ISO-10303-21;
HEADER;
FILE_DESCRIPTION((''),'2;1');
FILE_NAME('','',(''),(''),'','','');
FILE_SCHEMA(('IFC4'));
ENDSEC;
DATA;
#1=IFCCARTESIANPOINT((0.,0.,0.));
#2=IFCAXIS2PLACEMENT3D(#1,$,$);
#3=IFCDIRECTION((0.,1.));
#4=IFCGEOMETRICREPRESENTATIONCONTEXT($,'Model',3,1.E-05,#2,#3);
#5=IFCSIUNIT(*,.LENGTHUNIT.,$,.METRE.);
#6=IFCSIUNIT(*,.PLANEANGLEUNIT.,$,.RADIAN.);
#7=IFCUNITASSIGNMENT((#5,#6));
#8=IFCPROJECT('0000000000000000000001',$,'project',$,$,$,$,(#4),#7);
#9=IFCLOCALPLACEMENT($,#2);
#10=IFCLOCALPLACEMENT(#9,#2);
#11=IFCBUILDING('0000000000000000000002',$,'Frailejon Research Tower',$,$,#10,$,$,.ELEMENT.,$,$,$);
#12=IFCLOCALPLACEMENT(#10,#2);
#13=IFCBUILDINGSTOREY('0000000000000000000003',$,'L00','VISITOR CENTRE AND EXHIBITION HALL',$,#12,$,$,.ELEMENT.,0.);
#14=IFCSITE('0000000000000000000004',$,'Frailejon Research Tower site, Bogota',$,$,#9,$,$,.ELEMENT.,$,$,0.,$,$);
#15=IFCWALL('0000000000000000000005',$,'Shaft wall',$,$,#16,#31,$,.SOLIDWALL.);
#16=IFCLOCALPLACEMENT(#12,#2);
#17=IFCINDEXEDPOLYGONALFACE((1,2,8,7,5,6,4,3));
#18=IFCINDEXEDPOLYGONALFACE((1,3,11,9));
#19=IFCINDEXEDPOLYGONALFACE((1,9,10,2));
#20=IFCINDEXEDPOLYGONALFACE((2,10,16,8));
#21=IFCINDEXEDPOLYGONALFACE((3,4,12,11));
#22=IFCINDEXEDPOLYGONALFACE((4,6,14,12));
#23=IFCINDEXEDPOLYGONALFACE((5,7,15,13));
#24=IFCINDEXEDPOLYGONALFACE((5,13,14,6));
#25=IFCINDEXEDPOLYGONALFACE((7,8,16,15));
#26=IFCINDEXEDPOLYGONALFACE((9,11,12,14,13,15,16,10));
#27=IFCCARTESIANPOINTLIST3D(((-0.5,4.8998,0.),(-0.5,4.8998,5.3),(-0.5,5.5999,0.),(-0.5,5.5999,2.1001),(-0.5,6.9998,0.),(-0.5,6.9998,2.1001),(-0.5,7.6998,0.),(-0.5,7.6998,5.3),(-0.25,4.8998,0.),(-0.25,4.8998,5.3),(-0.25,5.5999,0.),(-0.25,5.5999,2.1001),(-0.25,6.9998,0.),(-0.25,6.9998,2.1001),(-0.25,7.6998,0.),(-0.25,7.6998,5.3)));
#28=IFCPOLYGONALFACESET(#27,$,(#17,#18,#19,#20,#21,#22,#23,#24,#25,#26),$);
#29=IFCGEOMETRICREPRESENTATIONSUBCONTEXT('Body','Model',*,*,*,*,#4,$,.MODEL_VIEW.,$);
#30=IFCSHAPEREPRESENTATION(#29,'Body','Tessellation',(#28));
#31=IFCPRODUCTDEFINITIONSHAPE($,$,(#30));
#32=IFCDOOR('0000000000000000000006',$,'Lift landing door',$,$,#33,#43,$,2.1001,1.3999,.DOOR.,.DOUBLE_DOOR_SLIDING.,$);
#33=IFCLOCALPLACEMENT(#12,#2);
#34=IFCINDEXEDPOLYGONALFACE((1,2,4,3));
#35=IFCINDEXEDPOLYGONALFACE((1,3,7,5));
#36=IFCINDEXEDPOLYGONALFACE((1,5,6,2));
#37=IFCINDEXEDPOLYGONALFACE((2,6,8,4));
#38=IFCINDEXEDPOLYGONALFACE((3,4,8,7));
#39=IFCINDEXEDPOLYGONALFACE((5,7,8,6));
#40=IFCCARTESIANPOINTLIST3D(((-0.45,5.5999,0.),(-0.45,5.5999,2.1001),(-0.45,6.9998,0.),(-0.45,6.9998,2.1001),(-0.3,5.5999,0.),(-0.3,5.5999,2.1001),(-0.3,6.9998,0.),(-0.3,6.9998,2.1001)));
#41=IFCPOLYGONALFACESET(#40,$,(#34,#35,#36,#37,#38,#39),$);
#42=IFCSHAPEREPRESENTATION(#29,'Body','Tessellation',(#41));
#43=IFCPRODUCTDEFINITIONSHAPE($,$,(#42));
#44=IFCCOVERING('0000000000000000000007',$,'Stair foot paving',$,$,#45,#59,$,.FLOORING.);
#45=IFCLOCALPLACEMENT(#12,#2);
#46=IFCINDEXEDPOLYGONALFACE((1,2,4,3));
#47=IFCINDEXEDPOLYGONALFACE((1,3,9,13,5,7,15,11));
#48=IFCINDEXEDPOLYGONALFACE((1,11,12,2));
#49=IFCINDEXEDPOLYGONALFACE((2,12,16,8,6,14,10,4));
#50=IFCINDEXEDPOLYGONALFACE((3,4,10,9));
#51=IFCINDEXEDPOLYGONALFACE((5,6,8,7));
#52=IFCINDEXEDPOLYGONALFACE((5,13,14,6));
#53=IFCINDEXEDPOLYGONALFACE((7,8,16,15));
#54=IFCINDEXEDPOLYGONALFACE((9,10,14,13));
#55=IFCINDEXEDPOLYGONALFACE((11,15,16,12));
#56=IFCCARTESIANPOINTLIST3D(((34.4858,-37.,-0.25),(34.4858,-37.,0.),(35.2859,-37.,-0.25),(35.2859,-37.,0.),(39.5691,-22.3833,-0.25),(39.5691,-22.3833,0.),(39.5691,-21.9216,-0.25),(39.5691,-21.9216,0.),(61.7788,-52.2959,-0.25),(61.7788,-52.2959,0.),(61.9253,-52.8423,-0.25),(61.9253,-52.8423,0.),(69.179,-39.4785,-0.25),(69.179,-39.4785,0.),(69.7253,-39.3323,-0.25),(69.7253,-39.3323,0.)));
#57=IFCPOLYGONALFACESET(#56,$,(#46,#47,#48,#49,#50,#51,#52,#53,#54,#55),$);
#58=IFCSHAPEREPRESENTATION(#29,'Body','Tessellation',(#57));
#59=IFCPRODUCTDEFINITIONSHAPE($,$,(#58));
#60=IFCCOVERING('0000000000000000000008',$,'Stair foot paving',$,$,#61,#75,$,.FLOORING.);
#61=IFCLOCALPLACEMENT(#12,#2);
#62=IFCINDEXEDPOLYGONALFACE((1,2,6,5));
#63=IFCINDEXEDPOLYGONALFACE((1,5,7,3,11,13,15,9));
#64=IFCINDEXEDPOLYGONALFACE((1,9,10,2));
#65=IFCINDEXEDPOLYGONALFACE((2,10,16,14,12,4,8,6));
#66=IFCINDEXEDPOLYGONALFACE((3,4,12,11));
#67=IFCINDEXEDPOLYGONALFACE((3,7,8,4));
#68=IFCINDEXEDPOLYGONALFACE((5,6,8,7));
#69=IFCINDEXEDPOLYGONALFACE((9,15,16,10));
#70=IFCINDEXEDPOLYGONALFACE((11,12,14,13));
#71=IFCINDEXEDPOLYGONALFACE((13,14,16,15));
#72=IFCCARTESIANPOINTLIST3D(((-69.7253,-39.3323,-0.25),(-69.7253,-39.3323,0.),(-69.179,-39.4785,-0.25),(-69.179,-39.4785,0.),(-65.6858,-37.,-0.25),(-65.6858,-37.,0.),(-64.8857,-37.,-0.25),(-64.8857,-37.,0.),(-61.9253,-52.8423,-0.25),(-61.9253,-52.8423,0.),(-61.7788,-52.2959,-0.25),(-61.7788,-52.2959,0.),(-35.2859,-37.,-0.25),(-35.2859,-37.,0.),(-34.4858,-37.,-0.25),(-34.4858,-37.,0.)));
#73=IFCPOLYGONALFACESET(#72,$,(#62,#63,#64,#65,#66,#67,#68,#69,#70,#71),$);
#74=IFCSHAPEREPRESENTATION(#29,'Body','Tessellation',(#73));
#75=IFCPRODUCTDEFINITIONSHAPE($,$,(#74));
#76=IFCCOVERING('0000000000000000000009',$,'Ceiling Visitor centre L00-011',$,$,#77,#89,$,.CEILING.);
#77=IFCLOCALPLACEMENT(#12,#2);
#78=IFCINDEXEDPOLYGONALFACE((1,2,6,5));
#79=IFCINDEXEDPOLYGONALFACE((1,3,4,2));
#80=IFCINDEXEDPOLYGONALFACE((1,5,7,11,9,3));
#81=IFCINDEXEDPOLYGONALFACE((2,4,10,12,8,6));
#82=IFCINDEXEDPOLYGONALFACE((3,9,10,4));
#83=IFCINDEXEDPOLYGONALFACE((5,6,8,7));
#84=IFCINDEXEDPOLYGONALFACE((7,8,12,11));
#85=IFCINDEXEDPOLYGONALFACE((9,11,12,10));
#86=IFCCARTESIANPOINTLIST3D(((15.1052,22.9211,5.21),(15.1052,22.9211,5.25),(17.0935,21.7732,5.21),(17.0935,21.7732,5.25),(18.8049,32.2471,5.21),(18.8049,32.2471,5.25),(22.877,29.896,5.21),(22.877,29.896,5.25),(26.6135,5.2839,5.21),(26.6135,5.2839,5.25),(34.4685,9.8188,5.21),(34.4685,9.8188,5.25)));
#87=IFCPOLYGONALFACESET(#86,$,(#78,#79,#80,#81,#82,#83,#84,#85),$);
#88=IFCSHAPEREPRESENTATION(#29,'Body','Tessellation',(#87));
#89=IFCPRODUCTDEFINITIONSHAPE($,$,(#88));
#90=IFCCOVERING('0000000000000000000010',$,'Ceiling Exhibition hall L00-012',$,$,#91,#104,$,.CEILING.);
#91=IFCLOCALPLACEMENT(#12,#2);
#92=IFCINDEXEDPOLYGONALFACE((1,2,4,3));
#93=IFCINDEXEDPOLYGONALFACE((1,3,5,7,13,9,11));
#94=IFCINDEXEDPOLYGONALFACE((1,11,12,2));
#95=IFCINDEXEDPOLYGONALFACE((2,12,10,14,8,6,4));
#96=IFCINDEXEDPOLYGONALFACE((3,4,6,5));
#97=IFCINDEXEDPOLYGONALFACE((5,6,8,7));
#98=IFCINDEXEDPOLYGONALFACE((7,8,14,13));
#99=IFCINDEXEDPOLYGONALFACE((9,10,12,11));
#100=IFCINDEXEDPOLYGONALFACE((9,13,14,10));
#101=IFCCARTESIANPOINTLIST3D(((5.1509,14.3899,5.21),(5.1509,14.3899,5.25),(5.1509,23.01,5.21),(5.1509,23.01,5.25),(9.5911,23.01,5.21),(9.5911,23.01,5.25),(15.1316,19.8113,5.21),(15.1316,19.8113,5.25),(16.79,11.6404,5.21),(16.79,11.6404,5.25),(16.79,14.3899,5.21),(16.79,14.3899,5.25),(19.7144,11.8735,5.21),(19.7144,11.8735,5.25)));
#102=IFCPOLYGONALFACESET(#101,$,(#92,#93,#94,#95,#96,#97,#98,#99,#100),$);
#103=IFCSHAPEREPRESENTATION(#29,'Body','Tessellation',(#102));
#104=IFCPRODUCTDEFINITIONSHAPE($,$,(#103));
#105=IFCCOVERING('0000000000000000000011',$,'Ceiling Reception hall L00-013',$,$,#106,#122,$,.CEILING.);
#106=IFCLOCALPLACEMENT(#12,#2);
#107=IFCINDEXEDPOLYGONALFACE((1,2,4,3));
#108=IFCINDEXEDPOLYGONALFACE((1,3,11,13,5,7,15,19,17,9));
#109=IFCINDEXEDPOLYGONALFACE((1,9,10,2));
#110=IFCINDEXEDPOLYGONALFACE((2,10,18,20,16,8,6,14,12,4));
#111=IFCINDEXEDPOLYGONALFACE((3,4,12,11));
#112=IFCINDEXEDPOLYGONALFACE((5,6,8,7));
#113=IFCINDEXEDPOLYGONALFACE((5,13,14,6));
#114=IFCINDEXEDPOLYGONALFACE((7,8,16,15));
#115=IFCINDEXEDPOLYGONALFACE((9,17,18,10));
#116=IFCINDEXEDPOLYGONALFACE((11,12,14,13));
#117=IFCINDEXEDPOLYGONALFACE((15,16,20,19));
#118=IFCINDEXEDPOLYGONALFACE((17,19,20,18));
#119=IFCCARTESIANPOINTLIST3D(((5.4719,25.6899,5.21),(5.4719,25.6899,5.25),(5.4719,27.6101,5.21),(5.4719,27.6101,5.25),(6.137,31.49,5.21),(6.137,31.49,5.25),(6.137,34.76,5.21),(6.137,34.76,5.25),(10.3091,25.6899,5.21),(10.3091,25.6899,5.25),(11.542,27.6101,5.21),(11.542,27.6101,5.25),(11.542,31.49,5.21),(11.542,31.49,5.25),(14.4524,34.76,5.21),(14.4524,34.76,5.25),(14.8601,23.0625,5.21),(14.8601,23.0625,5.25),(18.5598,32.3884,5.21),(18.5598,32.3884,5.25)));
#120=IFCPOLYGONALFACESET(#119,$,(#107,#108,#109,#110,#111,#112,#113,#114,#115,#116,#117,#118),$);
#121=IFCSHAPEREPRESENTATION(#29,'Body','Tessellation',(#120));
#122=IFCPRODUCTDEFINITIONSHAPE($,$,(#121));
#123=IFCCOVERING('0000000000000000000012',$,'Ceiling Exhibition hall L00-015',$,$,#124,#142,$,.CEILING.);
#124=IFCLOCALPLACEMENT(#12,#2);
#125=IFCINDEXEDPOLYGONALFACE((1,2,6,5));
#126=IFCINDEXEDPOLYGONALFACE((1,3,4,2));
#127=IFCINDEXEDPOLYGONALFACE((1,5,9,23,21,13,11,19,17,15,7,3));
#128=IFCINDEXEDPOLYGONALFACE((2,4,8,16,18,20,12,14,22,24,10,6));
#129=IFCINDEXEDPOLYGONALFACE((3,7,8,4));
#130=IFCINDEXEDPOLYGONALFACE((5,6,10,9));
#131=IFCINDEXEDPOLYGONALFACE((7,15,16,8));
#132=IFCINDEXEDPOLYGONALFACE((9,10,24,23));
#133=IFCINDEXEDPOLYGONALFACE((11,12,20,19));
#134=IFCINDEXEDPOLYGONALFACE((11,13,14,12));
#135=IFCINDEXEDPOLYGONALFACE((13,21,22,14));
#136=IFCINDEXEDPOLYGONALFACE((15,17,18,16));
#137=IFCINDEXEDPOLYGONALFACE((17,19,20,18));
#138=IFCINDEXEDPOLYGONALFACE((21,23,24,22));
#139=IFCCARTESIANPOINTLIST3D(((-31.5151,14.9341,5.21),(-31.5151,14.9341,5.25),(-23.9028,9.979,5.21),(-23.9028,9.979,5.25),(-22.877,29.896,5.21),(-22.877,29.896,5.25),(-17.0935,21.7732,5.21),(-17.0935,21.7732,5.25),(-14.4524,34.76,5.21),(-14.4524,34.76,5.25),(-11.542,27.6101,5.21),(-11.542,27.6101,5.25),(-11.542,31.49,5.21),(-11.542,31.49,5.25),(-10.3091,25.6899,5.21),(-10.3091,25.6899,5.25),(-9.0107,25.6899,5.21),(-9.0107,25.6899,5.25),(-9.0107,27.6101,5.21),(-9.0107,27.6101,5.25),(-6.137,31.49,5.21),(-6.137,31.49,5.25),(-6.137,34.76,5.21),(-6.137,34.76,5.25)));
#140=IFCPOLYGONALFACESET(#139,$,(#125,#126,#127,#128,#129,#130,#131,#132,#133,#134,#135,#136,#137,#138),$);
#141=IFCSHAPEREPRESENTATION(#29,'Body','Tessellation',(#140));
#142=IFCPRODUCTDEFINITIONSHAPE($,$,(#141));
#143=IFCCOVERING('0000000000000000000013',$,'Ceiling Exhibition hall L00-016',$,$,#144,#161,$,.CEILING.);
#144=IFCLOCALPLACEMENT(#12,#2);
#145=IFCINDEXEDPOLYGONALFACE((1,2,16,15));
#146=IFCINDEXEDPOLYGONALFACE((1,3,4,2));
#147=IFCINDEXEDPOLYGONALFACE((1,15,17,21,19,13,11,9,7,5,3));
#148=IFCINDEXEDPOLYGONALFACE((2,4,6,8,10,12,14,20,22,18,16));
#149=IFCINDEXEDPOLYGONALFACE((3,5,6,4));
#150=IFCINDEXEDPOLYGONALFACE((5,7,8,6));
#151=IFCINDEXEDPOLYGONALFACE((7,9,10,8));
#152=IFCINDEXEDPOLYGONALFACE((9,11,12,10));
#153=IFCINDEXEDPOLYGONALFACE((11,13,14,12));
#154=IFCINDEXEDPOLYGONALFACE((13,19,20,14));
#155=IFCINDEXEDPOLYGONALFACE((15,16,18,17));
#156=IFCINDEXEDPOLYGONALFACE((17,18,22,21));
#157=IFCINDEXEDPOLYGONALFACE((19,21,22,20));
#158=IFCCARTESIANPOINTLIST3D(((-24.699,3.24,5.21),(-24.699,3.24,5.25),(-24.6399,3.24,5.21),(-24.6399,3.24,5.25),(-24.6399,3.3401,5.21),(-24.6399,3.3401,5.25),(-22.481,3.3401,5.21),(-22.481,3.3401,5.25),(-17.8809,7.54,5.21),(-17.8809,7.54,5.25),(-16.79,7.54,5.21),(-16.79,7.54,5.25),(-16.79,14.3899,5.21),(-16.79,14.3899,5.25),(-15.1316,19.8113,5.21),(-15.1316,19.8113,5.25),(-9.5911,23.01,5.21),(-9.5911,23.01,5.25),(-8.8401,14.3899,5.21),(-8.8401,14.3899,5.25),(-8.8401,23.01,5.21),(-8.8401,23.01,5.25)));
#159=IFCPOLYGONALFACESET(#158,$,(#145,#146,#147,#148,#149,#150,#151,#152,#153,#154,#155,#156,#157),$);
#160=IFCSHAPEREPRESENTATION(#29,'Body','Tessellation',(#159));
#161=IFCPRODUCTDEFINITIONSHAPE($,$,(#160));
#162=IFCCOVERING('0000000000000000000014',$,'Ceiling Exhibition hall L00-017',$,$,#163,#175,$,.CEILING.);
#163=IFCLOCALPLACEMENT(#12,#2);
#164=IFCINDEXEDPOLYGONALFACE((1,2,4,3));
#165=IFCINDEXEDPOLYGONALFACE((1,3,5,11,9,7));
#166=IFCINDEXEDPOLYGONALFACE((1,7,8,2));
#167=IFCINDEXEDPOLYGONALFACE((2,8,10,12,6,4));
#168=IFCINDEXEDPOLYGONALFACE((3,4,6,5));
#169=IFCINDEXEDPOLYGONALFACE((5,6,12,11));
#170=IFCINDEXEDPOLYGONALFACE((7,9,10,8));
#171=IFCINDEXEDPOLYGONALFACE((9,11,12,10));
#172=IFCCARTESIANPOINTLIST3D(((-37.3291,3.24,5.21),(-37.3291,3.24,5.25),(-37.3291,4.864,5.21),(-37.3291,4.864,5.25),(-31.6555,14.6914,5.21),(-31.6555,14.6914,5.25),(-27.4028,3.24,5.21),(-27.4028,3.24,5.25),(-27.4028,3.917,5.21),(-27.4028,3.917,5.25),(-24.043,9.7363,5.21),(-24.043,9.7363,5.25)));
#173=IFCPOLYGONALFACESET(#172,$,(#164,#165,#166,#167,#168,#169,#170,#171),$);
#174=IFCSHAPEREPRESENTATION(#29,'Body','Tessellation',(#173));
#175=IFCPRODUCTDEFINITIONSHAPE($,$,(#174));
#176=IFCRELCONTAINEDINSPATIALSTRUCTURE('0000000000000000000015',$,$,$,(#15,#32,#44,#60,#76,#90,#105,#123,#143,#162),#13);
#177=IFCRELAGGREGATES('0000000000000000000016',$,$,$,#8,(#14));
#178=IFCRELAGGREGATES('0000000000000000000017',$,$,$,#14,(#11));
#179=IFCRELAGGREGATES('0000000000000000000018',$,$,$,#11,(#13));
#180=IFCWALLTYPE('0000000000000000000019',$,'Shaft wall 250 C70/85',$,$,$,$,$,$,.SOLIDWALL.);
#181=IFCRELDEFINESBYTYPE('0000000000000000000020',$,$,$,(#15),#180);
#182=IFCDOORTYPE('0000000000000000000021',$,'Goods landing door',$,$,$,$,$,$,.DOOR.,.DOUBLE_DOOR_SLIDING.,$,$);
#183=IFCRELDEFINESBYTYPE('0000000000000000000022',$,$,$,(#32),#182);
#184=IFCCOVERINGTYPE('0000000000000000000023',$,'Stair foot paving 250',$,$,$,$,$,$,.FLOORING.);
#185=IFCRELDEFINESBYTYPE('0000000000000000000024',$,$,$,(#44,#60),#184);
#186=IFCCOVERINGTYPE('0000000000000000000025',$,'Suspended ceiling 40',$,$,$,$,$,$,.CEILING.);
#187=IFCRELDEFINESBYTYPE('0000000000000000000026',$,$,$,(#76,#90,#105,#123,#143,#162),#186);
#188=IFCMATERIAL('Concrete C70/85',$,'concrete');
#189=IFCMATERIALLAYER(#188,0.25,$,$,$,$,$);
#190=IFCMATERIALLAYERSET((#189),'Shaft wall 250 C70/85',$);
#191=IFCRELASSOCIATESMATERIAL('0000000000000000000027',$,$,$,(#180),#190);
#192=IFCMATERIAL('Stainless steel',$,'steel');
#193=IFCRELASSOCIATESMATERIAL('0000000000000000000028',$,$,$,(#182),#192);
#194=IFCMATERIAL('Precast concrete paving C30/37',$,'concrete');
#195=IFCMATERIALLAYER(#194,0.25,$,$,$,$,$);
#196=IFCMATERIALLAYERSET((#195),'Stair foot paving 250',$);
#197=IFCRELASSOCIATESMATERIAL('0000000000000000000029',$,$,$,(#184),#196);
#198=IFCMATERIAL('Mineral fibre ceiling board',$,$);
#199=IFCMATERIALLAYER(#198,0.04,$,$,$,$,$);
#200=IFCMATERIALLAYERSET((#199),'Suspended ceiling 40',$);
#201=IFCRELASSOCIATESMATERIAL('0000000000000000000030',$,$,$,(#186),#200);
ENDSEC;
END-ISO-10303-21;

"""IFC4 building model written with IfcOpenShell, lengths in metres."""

from ifc_helpers import new_model, si_unit, direction, frame, frame_2d, origin, place, context, subcontext, project, spatial, polyline, rectangle, outline, extrude, material, layer, layer_set, type_object, element, fill, save


model = new_model("IFC4")

# Units and contexts
model_context = context("Model", 3, precision=1e-05, world=origin(), true_north=direction((0.0, 1.0)))
body_context = subcontext(model_context, "Body", "Model", "MODEL_VIEW")
ifc_project = project(units=[si_unit("LENGTHUNIT", "METRE"), si_unit("PLANEANGLEUNIT", "RADIAN")], contexts=[model_context])

# Site, building, storey
site_placement = place(None, origin())
site = spatial("IfcSite", under=ifc_project, at=site_placement, Name="Frailejon Research Tower site, Bogota", CompositionType="ELEMENT", RefElevation=0.0)
building_placement = place(site_placement, origin())
building = spatial("IfcBuilding", under=site, at=building_placement, Name="Frailejon Research Tower", CompositionType="ELEMENT")
storey_placement = place(building_placement, origin())
storey = spatial("IfcBuildingStorey", under=building, at=storey_placement, Name="L00", Description="VISITOR CENTRE AND EXHIBITION HALL", CompositionType="ELEMENT", Elevation=0.0)

# Wall, opening, door
ifc_material_1 = material(Name="Concrete C70/85", Category="concrete")
ifc_layer_1 = layer(ifc_material_1, 0.25)
ifc_layer_set_1 = layer_set([ifc_layer_1], Name="Shaft wall 250 C70/85")
wall_type_1 = type_object("IfcWallType", Name="Shaft wall 250 C70/85", PredefinedType="SOLIDWALL", material=ifc_layer_set_1)
wall_1_placement = place(storey_placement, frame((-0.375, 4.8999, 0.0), z_axis=(0.0, 0.0, 1.0), x_axis=(0.0, 1.0, 0.0)))
wall_1 = element("IfcWall", 1, at=wall_1_placement, inside=storey, type_object=wall_type_1, Name="Shaft wall", PredefinedType="SOLIDWALL", context=body_context, shape_type="SweptSolid", body=[
    extrude(rectangle(XDim=2.8, YDim=0.25, at=frame_2d((1.3999, 0.0))), origin(), (0.0, 0.0, 1.0), 5.3),
])
opening_placement = place(wall_1_placement, frame((0.7, 0.0, 0.0)))
opening = element("IfcOpeningElement", 2, at=opening_placement, cuts=wall_1, PredefinedType="OPENING", context=body_context, shape_type="SweptSolid", body=[
    extrude(rectangle(XDim=1.3999, YDim=2.1001, at=frame_2d((0.7, 1.05))), frame((0.0, 0.135, 0.0), z_axis=(0.0, -1.0, 0.0), x_axis=(1.0, 0.0, 0.0)), (0.0, 0.0, 1.0), 0.27),
])
ifc_material_2 = material(Name="Stainless steel", Category="steel")
door_type = type_object("IfcDoorType", Name="Goods landing door", OperationType="DOUBLE_DOOR_SLIDING", PredefinedType="DOOR", material=ifc_material_2)
door_placement = place(opening_placement, origin())
door = element("IfcDoor", 3, at=door_placement, inside=storey, type_object=door_type, Name="Lift landing door", OperationType="DOUBLE_DOOR_SLIDING", OverallHeight=2.1001, OverallWidth=1.3999, PredefinedType="DOOR", context=body_context, shape_type="SweptSolid", body=[
    extrude(rectangle(XDim=1.3999, YDim=2.1001, at=frame_2d((0.7, 1.05))), frame((0.0, 0.075, 0.0), z_axis=(0.0, -1.0, 0.0), x_axis=(1.0, 0.0, 0.0)), (0.0, 0.0, 1.0), 0.1499),
])
fill(opening, door)

# Coverings
ifc_material_3 = material(Name="Precast concrete paving C30/37", Category="concrete")
ifc_layer_2 = layer(ifc_material_3, 0.25)
ifc_layer_set_2 = layer_set([ifc_layer_2], Name="Stair foot paving 250")
covering_type_1 = type_object("IfcCoveringType", Name="Stair foot paving 250", PredefinedType="FLOORING", material=ifc_layer_set_2)
covering_1_placement = place(storey_placement, frame((0.0, 0.0, -0.25)))
element("IfcCovering", 4, at=covering_1_placement, inside=storey, type_object=covering_type_1, Name="Stair foot paving", PredefinedType="FLOORING", context=body_context, shape_type="SweptSolid", body=[
    extrude(outline(polyline([(61.9253, -52.8423), (34.4858, -37.0), (35.2859, -37.0), (61.7788, -52.2959), (69.179, -39.4785), (39.5691, -22.3833), (39.5691, -21.9216), (69.7253, -39.3323), (61.9253, -52.8423)])), origin(), (0.0, 0.0, 1.0), 0.25),
])
covering_2_placement = place(storey_placement, frame((0.0, 0.0, -0.25)))
element("IfcCovering", 5, at=covering_2_placement, inside=storey, type_object=covering_type_1, Name="Stair foot paving", PredefinedType="FLOORING", context=body_context, shape_type="SweptSolid", body=[
    extrude(outline(polyline([(-69.7253, -39.3323), (-65.6858, -37.0), (-64.8857, -37.0), (-69.179, -39.4785), (-61.7788, -52.2959), (-35.2859, -37.0), (-34.4858, -37.0), (-61.9253, -52.8423), (-69.7253, -39.3323)])), origin(), (0.0, 0.0, 1.0), 0.25),
])
ifc_material_4 = material(Name="Mineral fibre ceiling board")
ifc_layer_3 = layer(ifc_material_4, 0.04)
ifc_layer_set_3 = layer_set([ifc_layer_3], Name="Suspended ceiling 40")
covering_type_2 = type_object("IfcCoveringType", Name="Suspended ceiling 40", PredefinedType="CEILING", material=ifc_layer_set_3)
covering_3_placement = place(storey_placement, frame((0.0, 0.0, 5.21)))
element("IfcCovering", 6, at=covering_3_placement, inside=storey, type_object=covering_type_2, Name="Ceiling Visitor centre L00-011", PredefinedType="CEILING", context=body_context, shape_type="SweptSolid", body=[
    extrude(outline(polyline([(15.1052, 22.9211), (17.0935, 21.7732), (26.6135, 5.2839), (34.4685, 9.8188), (22.877, 29.896), (18.8049, 32.2471), (15.1052, 22.9211)])), origin(), (0.0, 0.0, 1.0), 0.04),
])
covering_4_placement = place(storey_placement, frame((0.0, 0.0, 5.21)))
element("IfcCovering", 7, at=covering_4_placement, inside=storey, type_object=covering_type_2, Name="Ceiling Exhibition hall L00-012", PredefinedType="CEILING", context=body_context, shape_type="SweptSolid", body=[
    extrude(outline(polyline([(19.7144, 11.8735), (15.1316, 19.8113), (9.5911, 23.01), (5.1509, 23.01), (5.1509, 14.3899), (16.79, 14.3899), (16.79, 11.6404), (19.7144, 11.8735)])), origin(), (0.0, 0.0, 1.0), 0.04),
])
covering_5_placement = place(storey_placement, frame((0.0, 0.0, 5.21)))
element("IfcCovering", 8, at=covering_5_placement, inside=storey, type_object=covering_type_2, Name="Ceiling Reception hall L00-013", PredefinedType="CEILING", context=body_context, shape_type="SweptSolid", body=[
    extrude(outline(polyline([(5.4719, 25.6899), (10.3091, 25.6899), (14.8601, 23.0625), (18.5598, 32.3884), (14.4524, 34.76), (6.137, 34.76), (6.137, 31.49), (11.542, 31.49), (11.542, 27.6101), (5.4719, 27.6101), (5.4719, 25.6899)])), origin(), (0.0, 0.0, 1.0), 0.04),
])
covering_6_placement = place(storey_placement, frame((0.0, 0.0, 5.21)))
element("IfcCovering", 9, at=covering_6_placement, inside=storey, type_object=covering_type_2, Name="Ceiling Exhibition hall L00-015", PredefinedType="CEILING", context=body_context, shape_type="SweptSolid", body=[
    extrude(outline(polyline([(-17.0935, 21.7732), (-10.3091, 25.6899), (-9.0107, 25.6899), (-9.0107, 27.6101), (-11.542, 27.6101), (-11.542, 31.49), (-6.137, 31.49), (-6.137, 34.76), (-14.4524, 34.76), (-22.877, 29.896), (-31.5151, 14.9341), (-23.9028, 9.979), (-17.0935, 21.7732)])), origin(), (0.0, 0.0, 1.0), 0.04),
])
covering_7_placement = place(storey_placement, frame((0.0, 0.0, 5.21)))
element("IfcCovering", 10, at=covering_7_placement, inside=storey, type_object=covering_type_2, Name="Ceiling Exhibition hall L00-016", PredefinedType="CEILING", context=body_context, shape_type="SweptSolid", body=[
    extrude(outline(polyline([(-24.6399, 3.24), (-24.6399, 3.3401), (-22.481, 3.3401), (-17.8809, 7.54), (-16.79, 7.54), (-16.79, 14.3899), (-8.8401, 14.3899), (-8.8401, 23.01), (-9.5911, 23.01), (-15.1316, 19.8113), (-24.699, 3.24), (-24.6399, 3.24)])), origin(), (0.0, 0.0, 1.0), 0.04),
])
covering_8_placement = place(storey_placement, frame((0.0, 0.0, 5.21)))
element("IfcCovering", 11, at=covering_8_placement, inside=storey, type_object=covering_type_2, Name="Ceiling Exhibition hall L00-017", PredefinedType="CEILING", context=body_context, shape_type="SweptSolid", body=[
    extrude(outline(polyline([(-27.4028, 3.24), (-27.4028, 3.917), (-24.043, 9.7363), (-31.6555, 14.6914), (-37.3291, 4.864), (-37.3291, 3.24), (-27.4028, 3.24)])), origin(), (0.0, 0.0, 1.0), 0.04),
])

save(model, "model.ifc")
